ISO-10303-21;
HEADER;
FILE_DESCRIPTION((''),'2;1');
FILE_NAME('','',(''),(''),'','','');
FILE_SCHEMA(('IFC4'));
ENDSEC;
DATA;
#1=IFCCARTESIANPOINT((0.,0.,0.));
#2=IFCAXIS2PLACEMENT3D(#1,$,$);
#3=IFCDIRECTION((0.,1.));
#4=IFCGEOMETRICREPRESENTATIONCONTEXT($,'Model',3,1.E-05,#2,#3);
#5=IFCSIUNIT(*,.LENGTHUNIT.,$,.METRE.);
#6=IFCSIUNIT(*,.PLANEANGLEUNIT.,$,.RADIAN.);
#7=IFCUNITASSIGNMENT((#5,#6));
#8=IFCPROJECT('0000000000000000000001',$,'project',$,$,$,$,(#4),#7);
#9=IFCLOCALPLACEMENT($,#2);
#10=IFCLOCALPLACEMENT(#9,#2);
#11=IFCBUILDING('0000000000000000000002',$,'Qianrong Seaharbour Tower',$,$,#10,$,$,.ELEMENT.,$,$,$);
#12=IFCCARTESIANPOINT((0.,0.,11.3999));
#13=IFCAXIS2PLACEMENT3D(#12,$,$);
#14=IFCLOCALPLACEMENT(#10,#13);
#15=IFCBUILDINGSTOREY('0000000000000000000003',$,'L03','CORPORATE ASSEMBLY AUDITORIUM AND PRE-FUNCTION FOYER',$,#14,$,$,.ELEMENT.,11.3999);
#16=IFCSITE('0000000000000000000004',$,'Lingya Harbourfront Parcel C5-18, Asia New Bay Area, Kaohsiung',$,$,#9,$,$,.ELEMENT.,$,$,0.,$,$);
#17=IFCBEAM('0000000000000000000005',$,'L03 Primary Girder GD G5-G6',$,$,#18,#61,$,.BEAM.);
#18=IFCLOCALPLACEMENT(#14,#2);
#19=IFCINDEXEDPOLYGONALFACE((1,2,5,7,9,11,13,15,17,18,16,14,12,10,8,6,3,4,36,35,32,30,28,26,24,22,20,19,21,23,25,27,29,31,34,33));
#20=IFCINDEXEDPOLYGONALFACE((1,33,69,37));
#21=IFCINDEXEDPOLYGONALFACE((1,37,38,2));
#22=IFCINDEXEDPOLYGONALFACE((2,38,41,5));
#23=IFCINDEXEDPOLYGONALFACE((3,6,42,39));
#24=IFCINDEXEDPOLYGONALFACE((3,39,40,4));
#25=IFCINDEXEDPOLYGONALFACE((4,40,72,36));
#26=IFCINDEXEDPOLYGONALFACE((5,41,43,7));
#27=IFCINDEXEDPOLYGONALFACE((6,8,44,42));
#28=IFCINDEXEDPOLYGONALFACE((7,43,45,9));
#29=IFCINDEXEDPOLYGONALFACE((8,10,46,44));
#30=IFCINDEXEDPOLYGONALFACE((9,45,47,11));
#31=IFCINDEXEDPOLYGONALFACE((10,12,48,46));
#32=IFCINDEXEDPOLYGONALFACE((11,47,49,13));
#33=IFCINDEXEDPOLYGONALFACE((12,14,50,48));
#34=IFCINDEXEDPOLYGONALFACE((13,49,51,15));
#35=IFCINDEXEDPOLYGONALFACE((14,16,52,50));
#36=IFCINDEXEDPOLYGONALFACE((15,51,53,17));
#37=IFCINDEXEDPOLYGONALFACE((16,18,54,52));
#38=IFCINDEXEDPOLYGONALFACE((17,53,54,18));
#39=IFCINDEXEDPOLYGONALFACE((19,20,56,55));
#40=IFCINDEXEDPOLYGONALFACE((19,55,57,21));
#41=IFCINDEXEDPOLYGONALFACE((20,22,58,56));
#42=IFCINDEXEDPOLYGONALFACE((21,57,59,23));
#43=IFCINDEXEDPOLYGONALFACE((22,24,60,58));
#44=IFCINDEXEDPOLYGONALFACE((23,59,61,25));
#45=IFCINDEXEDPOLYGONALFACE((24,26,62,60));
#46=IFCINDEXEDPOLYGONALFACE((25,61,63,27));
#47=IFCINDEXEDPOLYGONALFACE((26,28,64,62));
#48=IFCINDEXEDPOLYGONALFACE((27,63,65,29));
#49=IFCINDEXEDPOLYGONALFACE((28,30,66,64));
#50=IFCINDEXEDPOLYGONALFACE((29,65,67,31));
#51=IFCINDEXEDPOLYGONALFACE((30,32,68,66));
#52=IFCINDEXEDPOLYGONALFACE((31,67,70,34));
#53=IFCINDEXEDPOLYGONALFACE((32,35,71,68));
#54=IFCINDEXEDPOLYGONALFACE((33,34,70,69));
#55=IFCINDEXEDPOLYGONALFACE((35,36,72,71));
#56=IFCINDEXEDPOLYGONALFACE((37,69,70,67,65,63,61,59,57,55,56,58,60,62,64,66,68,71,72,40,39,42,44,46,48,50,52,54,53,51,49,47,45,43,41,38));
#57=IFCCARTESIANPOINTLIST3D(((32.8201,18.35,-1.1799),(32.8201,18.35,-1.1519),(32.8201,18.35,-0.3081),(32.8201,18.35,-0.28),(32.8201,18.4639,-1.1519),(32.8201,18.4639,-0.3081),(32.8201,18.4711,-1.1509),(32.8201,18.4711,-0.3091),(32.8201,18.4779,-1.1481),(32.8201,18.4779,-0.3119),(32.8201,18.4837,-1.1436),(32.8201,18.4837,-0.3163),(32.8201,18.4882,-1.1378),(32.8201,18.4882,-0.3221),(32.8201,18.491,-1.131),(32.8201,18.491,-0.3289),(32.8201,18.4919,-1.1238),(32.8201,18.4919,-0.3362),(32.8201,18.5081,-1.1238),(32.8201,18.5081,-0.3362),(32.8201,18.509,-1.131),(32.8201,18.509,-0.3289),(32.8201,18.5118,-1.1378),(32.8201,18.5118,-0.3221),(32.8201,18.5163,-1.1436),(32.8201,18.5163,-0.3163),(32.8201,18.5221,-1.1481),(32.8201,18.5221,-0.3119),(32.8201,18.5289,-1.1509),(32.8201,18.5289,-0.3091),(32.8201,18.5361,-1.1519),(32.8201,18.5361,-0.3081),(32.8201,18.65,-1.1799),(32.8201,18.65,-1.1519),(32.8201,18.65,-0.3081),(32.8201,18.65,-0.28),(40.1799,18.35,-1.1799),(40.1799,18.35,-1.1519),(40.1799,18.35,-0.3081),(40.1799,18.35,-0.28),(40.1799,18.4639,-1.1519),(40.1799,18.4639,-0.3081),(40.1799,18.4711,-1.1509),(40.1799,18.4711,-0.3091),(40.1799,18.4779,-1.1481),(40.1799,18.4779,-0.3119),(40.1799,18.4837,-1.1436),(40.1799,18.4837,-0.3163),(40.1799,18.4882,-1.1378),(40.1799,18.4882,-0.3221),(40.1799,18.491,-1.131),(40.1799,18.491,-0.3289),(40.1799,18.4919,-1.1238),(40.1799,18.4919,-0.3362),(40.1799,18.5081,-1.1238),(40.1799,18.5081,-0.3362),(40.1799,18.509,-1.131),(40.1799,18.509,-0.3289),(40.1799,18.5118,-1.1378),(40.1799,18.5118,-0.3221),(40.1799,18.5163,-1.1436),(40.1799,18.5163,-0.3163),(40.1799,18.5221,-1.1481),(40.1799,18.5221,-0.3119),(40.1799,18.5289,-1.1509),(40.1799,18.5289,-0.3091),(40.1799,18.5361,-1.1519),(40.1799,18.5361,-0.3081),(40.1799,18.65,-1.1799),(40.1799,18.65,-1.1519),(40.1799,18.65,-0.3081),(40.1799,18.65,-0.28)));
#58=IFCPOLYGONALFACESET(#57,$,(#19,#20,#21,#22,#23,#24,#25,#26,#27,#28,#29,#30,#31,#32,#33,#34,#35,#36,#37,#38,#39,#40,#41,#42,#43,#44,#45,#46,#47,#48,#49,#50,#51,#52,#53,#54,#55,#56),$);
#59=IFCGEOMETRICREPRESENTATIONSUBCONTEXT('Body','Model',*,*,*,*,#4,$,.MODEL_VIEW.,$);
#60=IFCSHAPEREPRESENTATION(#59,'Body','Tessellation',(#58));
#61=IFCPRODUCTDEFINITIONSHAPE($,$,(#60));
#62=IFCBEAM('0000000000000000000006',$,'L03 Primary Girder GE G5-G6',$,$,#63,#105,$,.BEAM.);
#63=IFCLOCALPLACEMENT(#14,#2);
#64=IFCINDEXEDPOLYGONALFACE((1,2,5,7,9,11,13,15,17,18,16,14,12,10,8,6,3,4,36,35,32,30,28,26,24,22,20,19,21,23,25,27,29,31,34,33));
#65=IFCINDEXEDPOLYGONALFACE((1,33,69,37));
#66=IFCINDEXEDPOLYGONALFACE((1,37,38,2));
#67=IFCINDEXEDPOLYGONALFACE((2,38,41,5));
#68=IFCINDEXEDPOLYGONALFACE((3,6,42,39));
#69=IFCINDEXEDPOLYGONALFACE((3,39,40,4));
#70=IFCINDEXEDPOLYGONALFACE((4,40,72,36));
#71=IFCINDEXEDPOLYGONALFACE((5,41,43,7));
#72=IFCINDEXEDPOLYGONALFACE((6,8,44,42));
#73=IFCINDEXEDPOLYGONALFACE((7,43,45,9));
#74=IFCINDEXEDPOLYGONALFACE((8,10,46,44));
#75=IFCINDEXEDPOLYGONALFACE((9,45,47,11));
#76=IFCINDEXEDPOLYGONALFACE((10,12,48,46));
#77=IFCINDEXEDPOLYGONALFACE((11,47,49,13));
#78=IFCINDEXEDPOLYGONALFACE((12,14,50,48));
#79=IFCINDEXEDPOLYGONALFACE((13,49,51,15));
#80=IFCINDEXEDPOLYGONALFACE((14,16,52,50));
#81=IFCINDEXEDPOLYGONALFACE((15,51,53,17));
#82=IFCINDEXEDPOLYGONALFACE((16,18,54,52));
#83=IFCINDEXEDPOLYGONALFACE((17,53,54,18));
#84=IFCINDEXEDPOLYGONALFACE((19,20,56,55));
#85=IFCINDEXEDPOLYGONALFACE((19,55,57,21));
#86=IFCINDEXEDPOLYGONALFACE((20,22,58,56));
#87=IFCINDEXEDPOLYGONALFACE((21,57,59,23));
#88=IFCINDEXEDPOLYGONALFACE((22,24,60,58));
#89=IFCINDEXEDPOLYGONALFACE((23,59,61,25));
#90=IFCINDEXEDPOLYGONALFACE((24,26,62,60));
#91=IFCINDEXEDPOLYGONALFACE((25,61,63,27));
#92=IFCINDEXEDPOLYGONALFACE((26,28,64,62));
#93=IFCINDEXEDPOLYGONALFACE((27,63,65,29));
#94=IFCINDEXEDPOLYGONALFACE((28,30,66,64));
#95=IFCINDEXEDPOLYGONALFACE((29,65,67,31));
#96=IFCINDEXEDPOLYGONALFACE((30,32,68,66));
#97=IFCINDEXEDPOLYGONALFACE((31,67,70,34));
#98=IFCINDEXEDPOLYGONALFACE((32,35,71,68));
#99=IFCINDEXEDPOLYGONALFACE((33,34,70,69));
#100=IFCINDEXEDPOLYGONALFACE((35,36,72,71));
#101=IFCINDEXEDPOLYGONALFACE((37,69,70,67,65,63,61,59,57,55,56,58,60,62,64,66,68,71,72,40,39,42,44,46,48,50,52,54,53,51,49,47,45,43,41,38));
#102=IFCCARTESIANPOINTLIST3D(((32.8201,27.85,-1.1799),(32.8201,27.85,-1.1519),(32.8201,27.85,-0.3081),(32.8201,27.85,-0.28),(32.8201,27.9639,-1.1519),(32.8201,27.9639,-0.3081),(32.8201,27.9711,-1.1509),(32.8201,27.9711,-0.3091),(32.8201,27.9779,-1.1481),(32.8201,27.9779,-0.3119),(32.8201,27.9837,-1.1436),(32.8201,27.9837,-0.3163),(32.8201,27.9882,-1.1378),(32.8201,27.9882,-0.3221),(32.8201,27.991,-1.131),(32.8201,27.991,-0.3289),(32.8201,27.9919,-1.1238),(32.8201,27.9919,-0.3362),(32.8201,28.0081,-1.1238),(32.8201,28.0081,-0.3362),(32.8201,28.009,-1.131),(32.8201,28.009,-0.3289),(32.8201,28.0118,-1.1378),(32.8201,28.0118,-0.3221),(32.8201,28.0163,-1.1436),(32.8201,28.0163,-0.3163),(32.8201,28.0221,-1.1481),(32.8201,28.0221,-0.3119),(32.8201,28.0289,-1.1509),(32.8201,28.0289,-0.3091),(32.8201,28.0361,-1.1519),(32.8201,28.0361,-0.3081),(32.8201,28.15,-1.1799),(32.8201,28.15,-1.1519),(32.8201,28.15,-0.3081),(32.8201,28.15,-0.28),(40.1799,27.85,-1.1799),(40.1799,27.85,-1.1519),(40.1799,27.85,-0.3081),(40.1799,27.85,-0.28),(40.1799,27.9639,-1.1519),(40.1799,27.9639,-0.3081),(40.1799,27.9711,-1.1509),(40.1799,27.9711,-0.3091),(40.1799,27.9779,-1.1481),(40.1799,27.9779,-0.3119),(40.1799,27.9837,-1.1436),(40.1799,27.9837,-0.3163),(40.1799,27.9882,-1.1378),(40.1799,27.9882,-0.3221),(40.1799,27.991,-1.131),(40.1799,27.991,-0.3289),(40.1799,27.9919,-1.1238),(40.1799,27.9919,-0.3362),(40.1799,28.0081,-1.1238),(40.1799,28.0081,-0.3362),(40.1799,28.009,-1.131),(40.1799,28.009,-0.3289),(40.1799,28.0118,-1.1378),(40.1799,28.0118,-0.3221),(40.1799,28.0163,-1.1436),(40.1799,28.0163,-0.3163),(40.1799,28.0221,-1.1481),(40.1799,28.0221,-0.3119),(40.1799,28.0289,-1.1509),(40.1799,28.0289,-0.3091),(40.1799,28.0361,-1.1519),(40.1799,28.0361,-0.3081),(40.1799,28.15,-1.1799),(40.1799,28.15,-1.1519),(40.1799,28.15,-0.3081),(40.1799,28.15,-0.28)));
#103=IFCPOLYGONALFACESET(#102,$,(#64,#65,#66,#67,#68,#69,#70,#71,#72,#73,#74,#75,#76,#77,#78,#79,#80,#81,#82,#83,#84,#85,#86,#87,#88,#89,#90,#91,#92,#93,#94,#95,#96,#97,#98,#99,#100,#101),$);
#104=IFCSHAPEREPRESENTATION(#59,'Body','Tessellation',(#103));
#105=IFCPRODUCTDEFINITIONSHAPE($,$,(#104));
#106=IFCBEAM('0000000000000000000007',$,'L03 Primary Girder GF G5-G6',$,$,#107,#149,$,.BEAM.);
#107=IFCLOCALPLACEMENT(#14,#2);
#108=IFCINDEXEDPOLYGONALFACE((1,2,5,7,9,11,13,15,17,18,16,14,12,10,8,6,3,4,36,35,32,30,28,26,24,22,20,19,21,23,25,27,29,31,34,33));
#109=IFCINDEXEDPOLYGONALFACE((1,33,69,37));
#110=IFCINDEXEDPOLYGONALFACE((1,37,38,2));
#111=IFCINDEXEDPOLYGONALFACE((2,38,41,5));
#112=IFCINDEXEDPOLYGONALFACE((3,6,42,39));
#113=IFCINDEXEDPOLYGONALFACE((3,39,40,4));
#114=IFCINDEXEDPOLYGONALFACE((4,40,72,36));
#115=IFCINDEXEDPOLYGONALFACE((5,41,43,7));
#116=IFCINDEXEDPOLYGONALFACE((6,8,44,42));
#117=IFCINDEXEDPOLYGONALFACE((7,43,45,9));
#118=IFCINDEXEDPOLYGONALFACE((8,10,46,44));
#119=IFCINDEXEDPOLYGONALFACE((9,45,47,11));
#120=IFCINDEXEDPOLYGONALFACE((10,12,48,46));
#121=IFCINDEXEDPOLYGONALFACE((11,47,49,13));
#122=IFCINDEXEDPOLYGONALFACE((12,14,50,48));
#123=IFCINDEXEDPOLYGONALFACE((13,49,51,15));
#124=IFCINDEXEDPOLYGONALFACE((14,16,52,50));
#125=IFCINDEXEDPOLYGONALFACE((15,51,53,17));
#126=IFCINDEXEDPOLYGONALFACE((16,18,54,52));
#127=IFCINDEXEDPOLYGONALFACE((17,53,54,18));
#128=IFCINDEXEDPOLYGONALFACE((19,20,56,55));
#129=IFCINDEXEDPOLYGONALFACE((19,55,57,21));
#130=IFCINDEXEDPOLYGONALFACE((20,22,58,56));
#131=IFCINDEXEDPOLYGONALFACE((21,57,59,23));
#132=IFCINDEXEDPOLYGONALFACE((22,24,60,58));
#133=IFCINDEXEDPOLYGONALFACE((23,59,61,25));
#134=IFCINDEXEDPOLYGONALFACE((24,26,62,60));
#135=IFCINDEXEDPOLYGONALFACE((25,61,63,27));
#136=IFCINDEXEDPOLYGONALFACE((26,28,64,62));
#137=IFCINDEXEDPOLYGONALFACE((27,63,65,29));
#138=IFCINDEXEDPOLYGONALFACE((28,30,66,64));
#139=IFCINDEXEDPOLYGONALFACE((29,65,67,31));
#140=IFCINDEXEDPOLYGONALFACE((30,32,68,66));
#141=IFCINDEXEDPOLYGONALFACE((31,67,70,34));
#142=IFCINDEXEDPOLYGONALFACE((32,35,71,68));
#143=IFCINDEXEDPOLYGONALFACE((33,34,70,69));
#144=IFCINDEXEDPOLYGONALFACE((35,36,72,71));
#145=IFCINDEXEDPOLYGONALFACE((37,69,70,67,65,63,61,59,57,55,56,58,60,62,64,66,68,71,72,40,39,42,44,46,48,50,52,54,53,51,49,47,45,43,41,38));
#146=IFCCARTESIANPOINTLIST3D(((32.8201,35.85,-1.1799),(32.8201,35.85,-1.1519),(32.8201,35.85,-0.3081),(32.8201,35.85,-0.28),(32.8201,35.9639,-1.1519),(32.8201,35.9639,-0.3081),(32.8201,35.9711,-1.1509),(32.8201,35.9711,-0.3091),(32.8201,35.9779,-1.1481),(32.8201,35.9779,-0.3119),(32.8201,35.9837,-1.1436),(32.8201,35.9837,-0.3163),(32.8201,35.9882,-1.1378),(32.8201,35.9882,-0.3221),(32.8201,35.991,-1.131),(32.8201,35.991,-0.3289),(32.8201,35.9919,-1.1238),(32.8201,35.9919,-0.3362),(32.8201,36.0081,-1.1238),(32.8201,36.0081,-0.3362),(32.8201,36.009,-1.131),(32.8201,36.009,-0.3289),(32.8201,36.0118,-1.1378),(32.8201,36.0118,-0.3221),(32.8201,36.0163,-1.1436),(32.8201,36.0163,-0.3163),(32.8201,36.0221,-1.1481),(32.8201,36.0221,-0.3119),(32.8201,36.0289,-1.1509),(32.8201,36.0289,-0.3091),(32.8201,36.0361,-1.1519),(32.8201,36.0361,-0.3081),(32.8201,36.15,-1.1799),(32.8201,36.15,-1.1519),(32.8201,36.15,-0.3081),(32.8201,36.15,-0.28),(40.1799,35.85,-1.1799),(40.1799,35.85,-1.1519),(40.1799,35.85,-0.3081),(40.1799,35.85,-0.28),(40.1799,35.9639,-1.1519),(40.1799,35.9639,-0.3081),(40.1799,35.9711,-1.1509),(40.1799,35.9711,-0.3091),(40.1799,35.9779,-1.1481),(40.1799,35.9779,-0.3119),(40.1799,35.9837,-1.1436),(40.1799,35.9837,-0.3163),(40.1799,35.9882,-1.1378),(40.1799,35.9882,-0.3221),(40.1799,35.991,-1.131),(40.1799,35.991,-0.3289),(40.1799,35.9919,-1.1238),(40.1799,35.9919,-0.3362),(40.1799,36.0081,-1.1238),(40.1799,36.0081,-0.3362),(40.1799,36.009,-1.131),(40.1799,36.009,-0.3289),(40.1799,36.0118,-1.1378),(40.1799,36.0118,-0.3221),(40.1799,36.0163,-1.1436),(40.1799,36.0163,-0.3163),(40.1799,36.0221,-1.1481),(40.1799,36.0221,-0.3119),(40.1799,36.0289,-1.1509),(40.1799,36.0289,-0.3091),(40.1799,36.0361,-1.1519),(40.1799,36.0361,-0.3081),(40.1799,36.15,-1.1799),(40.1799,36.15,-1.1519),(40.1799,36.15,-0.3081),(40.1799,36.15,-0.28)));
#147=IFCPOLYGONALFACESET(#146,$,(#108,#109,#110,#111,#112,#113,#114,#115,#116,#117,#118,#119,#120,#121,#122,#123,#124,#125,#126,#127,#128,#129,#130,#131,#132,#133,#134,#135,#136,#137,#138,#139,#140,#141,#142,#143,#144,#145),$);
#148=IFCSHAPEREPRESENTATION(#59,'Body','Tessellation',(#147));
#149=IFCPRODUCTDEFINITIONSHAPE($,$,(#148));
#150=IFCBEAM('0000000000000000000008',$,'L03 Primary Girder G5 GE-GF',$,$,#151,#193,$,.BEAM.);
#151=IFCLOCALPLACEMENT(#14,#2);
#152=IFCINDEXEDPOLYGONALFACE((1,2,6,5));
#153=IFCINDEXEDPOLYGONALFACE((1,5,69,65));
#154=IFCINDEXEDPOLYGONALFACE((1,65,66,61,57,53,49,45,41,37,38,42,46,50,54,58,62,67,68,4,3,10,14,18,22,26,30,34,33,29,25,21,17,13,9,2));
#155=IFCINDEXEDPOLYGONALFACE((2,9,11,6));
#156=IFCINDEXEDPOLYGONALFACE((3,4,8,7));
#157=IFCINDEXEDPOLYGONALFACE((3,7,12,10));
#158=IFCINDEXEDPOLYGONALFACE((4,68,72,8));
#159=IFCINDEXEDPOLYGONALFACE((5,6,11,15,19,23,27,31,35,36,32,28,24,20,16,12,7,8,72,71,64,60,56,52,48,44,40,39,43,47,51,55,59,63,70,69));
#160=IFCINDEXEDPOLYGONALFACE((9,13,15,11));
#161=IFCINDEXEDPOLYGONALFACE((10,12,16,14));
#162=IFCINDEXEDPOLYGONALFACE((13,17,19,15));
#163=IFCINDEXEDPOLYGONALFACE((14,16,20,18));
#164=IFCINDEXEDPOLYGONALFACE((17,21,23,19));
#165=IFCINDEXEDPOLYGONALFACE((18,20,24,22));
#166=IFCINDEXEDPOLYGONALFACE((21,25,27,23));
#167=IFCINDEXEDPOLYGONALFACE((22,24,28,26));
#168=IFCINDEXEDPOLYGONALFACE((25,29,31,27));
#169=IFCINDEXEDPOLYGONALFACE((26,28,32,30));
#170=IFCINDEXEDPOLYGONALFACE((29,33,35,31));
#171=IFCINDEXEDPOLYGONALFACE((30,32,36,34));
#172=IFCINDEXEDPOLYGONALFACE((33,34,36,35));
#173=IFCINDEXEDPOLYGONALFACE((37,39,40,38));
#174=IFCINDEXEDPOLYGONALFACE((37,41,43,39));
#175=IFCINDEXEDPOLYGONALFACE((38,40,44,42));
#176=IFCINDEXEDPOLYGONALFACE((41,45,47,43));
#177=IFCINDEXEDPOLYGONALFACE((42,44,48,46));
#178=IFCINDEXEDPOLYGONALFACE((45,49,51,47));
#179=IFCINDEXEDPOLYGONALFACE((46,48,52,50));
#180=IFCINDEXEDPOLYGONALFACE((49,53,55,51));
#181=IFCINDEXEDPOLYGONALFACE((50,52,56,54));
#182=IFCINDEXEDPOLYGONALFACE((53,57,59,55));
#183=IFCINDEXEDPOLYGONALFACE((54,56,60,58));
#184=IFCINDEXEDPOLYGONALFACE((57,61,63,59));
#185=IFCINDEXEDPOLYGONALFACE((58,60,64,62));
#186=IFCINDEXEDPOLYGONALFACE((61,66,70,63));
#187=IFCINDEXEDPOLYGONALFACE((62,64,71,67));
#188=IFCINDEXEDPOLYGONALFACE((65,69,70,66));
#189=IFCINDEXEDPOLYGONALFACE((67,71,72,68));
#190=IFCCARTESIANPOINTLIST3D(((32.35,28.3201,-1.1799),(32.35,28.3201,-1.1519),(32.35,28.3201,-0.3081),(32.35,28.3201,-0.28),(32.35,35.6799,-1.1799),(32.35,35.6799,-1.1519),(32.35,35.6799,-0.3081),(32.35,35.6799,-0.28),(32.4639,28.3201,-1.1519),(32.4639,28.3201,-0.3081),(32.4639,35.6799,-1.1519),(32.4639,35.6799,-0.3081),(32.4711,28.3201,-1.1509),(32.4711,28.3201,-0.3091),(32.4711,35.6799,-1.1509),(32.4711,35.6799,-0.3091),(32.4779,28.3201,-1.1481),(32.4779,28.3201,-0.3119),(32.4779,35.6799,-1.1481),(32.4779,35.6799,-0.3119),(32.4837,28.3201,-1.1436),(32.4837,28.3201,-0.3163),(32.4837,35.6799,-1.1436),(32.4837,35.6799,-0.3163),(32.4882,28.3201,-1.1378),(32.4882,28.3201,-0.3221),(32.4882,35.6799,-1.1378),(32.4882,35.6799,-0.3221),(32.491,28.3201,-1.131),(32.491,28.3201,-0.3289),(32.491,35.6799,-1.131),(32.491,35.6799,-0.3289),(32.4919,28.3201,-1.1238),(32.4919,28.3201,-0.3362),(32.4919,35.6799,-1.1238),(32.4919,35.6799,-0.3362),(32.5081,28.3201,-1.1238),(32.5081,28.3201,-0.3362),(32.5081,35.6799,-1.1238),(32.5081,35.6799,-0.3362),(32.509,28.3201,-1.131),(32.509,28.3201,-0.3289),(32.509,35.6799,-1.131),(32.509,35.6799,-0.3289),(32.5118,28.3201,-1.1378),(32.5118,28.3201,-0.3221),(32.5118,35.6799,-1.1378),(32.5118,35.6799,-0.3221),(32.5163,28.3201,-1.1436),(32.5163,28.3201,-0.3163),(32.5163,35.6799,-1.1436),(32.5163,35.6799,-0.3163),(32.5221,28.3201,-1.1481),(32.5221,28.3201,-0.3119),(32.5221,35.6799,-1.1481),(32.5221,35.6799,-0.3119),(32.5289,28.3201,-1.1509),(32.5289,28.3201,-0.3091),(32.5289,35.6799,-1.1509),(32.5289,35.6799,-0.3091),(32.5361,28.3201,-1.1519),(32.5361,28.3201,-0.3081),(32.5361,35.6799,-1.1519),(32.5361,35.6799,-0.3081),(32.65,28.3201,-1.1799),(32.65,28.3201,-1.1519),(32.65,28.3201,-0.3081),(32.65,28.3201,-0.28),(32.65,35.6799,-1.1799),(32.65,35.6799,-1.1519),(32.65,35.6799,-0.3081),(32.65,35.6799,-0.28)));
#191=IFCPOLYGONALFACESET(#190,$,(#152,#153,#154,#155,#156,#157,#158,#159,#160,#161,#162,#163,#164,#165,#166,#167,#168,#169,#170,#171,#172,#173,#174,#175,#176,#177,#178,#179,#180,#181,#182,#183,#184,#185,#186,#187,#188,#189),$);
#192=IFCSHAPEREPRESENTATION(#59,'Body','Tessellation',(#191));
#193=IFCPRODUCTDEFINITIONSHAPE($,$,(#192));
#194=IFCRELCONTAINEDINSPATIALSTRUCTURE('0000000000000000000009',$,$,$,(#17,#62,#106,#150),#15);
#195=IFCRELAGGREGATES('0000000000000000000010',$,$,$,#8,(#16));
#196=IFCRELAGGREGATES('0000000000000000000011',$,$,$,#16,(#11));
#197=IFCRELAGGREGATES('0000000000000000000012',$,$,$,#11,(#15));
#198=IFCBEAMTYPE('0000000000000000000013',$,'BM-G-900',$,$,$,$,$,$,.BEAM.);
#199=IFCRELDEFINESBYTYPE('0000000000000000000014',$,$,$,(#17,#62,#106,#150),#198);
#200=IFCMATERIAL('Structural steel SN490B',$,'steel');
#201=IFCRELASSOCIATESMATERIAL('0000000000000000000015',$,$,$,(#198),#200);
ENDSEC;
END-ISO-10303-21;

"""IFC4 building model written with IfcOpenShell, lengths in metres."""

from ifc_helpers import new_model, si_unit, direction, frame, origin, origin_2d, place, context, subcontext, project, spatial, i_section, extrude, material, material_profile, profile_set, type_object, element, save


model = new_model("IFC4")

# Units and contexts
model_context = context("Model", 3, precision=1e-05, world=origin(), true_north=direction((0.0, 1.0)))
body_context = subcontext(model_context, "Body", "Model", "MODEL_VIEW")
ifc_project = project(units=[si_unit("LENGTHUNIT", "METRE"), si_unit("PLANEANGLEUNIT", "RADIAN")], contexts=[model_context])

# Site, building, storey
site_placement = place(None, origin())
site = spatial("IfcSite", under=ifc_project, at=site_placement, Name="Lingya Harbourfront Parcel C5-18, Asia New Bay Area, Kaohsiung", CompositionType="ELEMENT", RefElevation=0.0)
building_placement = place(site_placement, origin())
building = spatial("IfcBuilding", under=site, at=building_placement, Name="Qianrong Seaharbour Tower", CompositionType="ELEMENT")
storey_placement = place(building_placement, frame((0.0, 0.0, 11.3999)))
storey = spatial("IfcBuildingStorey", under=building, at=storey_placement, Name="L03", Description="CORPORATE ASSEMBLY AUDITORIUM AND PRE-FUNCTION FOYER", CompositionType="ELEMENT", Elevation=11.3999)

# Shared definitions
ifc_material_1 = material(Name="Structural steel SN490B", Category="steel")

# Beams
ifc_material_profile_1 = material_profile(ifc_material_1, i_section(OverallWidth=0.3, OverallDepth=0.8999, WebThickness=0.0161, FlangeThickness=0.0281, FilletRadius=0.0281, at=origin_2d()), Name="H900x300x16x28")
ifc_profile_set_1 = profile_set([ifc_material_profile_1], Name="Structural steel SN490B")
beam_type_1 = type_object("IfcBeamType", Name="BM-G-900", PredefinedType="BEAM", material=ifc_profile_set_1)
for number, where, z_axis, x_axis, name in (
    (1, (32.8201, 18.5, -0.73), (1.0, 0.0, 0.0), (0.0, 1.0, 0.0), "L03 Primary Girder GD G5-G6"),
    (2, (32.8201, 28.0, -0.73), (1.0, 0.0, 0.0), (0.0, 1.0, 0.0), "L03 Primary Girder GE G5-G6"),
    (3, (32.8201, 36.0, -0.73), (1.0, 0.0, 0.0), (0.0, 1.0, 0.0), "L03 Primary Girder GF G5-G6"),
    (4, (32.5, 28.3201, -0.73), (0.0, 1.0, 0.0), (-1.0, 0.0, 0.0), "L03 Primary Girder G5 GE-GF"),
):
    element("IfcBeam", number, at=place(storey_placement, frame(where, z_axis=z_axis, x_axis=x_axis)), inside=storey, type_object=beam_type_1, Name=name, PredefinedType="BEAM", context=body_context, shape_type="SweptSolid", body=[
        extrude(i_section(OverallWidth=0.3, OverallDepth=0.8999, WebThickness=0.0161, FlangeThickness=0.0281, FilletRadius=0.0281, at=origin_2d()), origin(), (0.0, 0.0, 1.0), 7.3599),
    ])

save(model, "model.ifc")
